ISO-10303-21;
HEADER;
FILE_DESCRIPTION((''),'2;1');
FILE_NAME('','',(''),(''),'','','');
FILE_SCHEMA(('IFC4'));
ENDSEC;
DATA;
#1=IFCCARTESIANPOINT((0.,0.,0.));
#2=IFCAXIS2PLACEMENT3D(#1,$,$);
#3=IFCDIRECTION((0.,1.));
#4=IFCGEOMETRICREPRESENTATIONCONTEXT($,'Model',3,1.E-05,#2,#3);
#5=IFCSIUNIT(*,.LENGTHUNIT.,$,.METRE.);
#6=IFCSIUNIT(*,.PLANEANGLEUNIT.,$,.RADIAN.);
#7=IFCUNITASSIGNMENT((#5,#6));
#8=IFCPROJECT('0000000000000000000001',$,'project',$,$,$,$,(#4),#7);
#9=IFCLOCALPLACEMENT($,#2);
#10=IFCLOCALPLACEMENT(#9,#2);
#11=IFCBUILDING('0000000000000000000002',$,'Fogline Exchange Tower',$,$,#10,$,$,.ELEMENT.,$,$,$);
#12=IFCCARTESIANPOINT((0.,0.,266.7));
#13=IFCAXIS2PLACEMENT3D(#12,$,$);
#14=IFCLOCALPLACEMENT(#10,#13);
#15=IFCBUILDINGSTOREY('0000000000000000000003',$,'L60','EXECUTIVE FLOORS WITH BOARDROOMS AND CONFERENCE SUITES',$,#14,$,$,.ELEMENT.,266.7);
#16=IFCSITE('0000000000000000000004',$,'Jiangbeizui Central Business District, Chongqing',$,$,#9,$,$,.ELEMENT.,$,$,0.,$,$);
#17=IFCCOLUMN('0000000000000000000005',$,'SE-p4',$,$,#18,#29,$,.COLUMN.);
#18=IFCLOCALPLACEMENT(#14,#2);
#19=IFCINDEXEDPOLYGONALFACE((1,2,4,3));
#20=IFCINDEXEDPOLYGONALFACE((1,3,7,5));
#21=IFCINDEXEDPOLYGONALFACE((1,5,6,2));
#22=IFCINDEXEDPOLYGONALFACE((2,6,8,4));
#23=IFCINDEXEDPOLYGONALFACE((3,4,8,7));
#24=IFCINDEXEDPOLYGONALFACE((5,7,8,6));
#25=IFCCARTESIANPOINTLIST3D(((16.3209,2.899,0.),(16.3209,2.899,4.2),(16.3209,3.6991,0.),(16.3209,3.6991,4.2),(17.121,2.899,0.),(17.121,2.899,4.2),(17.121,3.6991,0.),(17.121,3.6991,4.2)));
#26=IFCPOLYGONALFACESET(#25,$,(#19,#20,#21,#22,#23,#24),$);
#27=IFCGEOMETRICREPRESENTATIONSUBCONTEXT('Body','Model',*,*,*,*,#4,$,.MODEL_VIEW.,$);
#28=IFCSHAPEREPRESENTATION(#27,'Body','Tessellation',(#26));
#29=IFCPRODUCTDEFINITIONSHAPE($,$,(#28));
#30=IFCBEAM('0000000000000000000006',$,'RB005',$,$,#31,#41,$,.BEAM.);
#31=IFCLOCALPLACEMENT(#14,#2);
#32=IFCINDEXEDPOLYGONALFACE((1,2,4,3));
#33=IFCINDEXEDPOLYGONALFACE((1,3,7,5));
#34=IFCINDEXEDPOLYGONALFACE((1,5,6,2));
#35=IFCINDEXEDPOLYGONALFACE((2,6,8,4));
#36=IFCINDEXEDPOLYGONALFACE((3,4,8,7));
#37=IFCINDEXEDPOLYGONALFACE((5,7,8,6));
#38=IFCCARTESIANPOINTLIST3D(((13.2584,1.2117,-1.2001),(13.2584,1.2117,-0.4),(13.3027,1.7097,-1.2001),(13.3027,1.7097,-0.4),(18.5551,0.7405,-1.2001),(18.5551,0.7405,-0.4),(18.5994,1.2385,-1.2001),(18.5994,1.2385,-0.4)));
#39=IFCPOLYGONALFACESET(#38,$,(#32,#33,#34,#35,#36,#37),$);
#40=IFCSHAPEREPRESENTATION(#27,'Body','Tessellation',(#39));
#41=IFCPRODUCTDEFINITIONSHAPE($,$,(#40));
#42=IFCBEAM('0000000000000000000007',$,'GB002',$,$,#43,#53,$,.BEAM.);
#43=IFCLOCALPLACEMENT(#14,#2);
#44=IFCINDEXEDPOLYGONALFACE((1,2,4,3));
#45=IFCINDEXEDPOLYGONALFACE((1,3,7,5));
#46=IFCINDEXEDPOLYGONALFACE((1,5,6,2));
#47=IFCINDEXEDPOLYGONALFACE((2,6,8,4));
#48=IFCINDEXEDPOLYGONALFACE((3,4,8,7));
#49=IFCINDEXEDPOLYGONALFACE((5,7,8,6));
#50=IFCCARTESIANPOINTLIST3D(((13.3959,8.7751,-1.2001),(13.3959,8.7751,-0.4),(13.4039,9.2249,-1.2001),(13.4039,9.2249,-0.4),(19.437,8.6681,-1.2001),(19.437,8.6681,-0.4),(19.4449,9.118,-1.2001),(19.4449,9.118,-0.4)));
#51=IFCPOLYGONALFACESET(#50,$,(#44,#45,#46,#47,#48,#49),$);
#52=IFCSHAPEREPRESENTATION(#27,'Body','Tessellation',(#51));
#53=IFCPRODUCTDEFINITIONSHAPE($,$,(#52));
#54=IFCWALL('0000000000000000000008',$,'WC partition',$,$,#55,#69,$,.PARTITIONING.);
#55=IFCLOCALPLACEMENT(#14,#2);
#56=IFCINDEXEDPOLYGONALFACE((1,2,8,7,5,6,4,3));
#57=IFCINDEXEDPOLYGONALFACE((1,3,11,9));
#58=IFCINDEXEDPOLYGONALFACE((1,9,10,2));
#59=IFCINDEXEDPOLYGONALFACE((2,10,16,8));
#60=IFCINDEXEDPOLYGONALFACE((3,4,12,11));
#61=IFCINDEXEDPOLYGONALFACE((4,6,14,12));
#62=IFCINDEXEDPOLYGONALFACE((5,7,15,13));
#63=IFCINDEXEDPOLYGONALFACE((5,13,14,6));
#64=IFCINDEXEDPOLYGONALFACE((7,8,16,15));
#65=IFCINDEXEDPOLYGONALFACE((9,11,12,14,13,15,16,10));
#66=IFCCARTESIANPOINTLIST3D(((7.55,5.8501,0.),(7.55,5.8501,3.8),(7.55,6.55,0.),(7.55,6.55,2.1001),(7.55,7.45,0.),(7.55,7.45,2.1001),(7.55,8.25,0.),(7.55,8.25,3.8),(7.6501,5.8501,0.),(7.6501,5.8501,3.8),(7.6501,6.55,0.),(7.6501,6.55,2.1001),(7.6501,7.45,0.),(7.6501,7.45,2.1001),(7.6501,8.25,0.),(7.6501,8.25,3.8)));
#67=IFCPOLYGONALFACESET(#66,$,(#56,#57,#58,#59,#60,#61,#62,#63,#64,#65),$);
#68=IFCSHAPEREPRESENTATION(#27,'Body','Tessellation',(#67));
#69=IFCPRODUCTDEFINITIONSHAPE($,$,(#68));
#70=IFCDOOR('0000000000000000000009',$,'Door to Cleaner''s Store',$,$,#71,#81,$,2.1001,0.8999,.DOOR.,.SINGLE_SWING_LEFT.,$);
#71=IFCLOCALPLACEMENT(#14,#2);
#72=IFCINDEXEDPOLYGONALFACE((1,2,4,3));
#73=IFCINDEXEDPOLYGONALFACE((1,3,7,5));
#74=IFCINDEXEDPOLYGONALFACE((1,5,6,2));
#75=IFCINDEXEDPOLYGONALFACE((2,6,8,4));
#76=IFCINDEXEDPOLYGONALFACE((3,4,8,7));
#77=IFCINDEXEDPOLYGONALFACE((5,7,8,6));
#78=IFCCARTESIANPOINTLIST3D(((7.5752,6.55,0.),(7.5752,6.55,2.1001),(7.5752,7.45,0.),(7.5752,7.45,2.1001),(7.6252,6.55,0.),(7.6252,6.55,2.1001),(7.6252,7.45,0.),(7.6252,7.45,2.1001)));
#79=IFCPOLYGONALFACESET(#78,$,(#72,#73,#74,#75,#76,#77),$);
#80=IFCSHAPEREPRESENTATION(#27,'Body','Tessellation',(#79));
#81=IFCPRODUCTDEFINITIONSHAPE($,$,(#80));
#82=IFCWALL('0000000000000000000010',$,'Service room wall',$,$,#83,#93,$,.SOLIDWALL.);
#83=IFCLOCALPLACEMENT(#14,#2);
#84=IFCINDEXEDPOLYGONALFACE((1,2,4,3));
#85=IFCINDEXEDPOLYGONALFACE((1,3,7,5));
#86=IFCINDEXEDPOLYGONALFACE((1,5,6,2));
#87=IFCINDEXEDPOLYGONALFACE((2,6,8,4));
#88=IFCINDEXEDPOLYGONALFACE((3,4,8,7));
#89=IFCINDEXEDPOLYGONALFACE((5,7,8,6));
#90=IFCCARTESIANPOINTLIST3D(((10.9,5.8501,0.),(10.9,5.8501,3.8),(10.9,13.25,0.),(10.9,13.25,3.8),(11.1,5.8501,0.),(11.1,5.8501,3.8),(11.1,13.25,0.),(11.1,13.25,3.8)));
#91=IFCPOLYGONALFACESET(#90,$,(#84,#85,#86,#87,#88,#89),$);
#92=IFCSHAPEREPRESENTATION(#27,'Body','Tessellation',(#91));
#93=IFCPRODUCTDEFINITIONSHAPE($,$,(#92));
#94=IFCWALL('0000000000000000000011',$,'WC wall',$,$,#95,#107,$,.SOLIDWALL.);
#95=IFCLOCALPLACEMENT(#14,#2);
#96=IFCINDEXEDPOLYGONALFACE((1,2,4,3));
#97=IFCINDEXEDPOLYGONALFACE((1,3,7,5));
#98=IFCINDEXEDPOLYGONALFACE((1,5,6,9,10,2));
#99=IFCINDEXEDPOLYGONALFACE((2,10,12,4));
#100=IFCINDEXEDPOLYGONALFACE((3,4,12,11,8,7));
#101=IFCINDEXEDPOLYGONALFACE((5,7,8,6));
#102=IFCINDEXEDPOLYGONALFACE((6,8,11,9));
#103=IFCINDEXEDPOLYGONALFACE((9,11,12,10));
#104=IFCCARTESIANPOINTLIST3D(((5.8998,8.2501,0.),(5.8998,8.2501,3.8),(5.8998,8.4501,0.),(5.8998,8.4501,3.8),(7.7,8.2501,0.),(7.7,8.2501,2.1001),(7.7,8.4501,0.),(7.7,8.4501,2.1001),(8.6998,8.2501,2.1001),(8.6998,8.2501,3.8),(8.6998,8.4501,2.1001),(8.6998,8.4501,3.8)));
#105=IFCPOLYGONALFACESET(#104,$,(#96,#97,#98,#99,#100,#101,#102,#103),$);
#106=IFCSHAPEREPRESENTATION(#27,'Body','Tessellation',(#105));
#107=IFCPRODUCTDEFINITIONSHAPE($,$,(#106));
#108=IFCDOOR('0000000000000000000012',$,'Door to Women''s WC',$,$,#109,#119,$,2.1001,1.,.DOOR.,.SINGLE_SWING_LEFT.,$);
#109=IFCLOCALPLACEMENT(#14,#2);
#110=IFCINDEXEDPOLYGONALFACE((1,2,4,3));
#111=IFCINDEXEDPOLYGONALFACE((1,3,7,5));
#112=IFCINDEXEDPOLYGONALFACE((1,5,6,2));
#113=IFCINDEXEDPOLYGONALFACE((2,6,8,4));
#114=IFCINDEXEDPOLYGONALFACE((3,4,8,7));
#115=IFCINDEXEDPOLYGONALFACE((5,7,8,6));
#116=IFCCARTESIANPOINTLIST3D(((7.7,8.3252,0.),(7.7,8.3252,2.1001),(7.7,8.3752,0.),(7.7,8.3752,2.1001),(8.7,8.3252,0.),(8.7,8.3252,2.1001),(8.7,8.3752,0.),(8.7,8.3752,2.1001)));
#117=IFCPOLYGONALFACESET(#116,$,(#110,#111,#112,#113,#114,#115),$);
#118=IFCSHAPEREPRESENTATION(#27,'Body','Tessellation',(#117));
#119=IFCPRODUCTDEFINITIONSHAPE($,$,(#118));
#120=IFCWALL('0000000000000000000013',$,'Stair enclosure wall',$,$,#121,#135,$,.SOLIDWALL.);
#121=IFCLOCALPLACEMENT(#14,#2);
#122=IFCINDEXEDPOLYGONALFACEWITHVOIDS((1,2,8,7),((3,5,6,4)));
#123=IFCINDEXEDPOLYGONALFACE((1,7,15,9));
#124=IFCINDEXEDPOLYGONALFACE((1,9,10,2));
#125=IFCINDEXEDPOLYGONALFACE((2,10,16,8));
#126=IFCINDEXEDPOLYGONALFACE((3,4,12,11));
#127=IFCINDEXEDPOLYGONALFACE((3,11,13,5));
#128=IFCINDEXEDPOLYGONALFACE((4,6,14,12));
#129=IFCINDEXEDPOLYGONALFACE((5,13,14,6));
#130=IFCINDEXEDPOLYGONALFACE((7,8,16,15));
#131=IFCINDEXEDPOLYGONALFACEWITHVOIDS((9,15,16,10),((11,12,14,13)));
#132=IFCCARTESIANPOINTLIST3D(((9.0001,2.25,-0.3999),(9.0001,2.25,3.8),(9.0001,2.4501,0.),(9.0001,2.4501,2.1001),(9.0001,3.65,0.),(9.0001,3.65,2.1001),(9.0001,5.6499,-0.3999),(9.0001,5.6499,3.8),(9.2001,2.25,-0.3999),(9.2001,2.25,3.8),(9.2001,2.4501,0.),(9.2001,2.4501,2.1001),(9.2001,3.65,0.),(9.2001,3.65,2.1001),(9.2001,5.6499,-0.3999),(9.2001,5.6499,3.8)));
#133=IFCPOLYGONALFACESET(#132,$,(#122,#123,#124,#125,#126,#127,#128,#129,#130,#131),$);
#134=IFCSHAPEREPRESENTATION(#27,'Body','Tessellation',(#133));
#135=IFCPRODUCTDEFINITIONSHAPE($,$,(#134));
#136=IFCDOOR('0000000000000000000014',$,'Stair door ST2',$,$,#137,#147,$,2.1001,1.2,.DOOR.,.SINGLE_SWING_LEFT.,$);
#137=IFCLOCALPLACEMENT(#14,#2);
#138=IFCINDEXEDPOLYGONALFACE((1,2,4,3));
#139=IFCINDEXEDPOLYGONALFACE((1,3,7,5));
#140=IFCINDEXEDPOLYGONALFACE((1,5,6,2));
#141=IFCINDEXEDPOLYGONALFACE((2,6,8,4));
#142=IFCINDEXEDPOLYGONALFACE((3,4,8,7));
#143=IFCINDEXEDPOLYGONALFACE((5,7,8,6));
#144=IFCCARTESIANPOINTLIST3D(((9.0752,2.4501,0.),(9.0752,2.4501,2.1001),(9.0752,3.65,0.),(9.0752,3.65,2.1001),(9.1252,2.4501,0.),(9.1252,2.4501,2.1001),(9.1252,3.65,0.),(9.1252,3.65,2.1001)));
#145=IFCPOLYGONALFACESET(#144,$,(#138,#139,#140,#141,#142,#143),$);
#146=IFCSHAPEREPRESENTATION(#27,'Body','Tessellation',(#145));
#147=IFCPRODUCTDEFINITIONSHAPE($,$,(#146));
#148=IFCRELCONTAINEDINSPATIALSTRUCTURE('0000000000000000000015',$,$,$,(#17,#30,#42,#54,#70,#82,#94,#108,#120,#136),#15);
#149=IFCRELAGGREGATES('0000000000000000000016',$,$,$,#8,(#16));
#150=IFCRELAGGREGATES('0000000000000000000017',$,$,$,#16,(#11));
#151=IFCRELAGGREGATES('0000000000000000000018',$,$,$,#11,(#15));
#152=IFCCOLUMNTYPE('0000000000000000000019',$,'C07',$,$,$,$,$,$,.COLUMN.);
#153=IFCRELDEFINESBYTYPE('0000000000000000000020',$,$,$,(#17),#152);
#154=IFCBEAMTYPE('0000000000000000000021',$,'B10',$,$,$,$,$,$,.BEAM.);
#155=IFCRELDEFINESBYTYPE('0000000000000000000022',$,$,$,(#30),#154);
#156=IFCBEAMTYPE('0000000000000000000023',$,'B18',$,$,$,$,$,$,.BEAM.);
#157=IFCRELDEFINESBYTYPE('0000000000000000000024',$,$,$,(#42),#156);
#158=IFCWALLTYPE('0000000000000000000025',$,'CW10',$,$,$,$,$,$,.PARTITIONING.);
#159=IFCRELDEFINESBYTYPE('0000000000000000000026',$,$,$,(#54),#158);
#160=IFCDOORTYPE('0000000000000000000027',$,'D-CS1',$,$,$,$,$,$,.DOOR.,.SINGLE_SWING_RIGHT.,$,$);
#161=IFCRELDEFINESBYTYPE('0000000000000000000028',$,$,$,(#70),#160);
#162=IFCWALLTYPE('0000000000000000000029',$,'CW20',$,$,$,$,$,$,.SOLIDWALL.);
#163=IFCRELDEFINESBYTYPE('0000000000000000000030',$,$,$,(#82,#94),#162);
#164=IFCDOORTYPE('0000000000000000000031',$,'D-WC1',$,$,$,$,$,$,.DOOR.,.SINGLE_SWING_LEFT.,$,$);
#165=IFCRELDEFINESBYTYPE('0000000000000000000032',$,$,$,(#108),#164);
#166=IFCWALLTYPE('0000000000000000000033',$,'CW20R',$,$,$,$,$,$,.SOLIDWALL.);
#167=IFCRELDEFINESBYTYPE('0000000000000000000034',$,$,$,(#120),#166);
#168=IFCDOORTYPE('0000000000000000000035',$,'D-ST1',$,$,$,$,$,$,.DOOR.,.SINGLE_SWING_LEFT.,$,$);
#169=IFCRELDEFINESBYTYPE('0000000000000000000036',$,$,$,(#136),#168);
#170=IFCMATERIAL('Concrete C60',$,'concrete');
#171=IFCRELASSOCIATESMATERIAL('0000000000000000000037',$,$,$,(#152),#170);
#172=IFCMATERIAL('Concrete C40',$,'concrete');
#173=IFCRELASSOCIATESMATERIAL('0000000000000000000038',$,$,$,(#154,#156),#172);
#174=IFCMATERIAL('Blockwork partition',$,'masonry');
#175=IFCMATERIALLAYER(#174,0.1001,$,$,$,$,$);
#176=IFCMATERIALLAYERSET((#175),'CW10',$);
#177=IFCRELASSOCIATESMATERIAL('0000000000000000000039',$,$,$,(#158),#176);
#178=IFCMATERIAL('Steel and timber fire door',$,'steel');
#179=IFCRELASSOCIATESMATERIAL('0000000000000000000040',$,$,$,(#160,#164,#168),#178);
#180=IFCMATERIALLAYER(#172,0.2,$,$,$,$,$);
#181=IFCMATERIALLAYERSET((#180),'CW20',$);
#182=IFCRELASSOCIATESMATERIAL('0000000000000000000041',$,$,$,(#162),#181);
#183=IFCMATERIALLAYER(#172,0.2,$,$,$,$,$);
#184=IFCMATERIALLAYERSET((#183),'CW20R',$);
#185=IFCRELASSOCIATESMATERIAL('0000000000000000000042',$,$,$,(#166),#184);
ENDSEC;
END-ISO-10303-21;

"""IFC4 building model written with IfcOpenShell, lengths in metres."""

from ifc_helpers import new_model, si_unit, direction, frame, frame_2d, origin, origin_2d, place, context, subcontext, project, spatial, rectangle, extrude, material, layer, layer_set, material_profile, profile_set, type_object, element, fill, save


model = new_model("IFC4")

# Units and contexts
model_context = context("Model", 3, precision=1e-05, world=origin(), true_north=direction((0.0, 1.0)))
body_context = subcontext(model_context, "Body", "Model", "MODEL_VIEW")
ifc_project = project(units=[si_unit("LENGTHUNIT", "METRE"), si_unit("PLANEANGLEUNIT", "RADIAN")], contexts=[model_context])

# Site, building, storey
site_placement = place(None, origin())
site = spatial("IfcSite", under=ifc_project, at=site_placement, Name="Jiangbeizui Central Business District, Chongqing", CompositionType="ELEMENT", RefElevation=0.0)
building_placement = place(site_placement, origin())
building = spatial("IfcBuilding", under=site, at=building_placement, Name="Fogline Exchange Tower", CompositionType="ELEMENT")
storey_placement = place(building_placement, frame((0.0, 0.0, 266.7)))
storey = spatial("IfcBuildingStorey", under=building, at=storey_placement, Name="L60", Description="EXECUTIVE FLOORS WITH BOARDROOMS AND CONFERENCE SUITES", CompositionType="ELEMENT", Elevation=266.7)

# Column
ifc_material_1 = material(Name="Concrete C60", Category="concrete")
ifc_material_profile_1 = material_profile(ifc_material_1, rectangle(XDim=0.8, YDim=0.8, at=origin_2d()), Name="RC 800x800")
ifc_profile_set_1 = profile_set([ifc_material_profile_1], Name="Concrete C60")
column_type = type_object("IfcColumnType", Name="C07", PredefinedType="COLUMN", material=ifc_profile_set_1)
column_placement = place(storey_placement, frame((16.7209, 3.2991, 0.0), z_axis=(0.0, 0.0, 1.0), x_axis=(1.0, 0.0, 0.0)))
element("IfcColumn", 1, at=column_placement, inside=storey, type_object=column_type, Name="SE-p4", PredefinedType="COLUMN", context=body_context, shape_type="SweptSolid", body=[
    extrude(rectangle(XDim=0.8, YDim=0.8, at=origin_2d()), origin(), (0.0, 0.0, 1.0), 4.2),
])

# Beams
ifc_material_2 = material(Name="Concrete C40", Category="concrete")
ifc_material_profile_2 = material_profile(ifc_material_2, rectangle(XDim=0.5, YDim=0.8, at=origin_2d()), Name="RC 500x800")
ifc_profile_set_2 = profile_set([ifc_material_profile_2], Name="Concrete C40")
beam_type_1 = type_object("IfcBeamType", Name="B10", PredefinedType="BEAM", material=ifc_profile_set_2)
beam_1_placement = place(storey_placement, frame((13.2805, 1.4607, -0.8), z_axis=(0.996066, -0.088611, 0.0), x_axis=(0.088611, 0.996066, 0.0)))
element("IfcBeam", 2, at=beam_1_placement, inside=storey, type_object=beam_type_1, Name="RB005", PredefinedType="BEAM", context=body_context, shape_type="SweptSolid", body=[
    extrude(rectangle(XDim=0.5, YDim=0.8, at=origin_2d()), origin(), (0.0, 0.0, 1.0), 5.3176),
])
ifc_material_profile_3 = material_profile(ifc_material_2, rectangle(XDim=0.45, YDim=0.8, at=origin_2d()), Name="RC 450x800")
ifc_profile_set_3 = profile_set([ifc_material_profile_3], Name="Concrete C40")
beam_type_2 = type_object("IfcBeamType", Name="B18", PredefinedType="BEAM", material=ifc_profile_set_3)
beam_2_placement = place(storey_placement, frame((13.3999, 9.0, -0.8), z_axis=(0.999843, -0.017698, 0.0), x_axis=(0.017698, 0.999843, 0.0)))
element("IfcBeam", 3, at=beam_2_placement, inside=storey, type_object=beam_type_2, Name="GB002", PredefinedType="BEAM", context=body_context, shape_type="SweptSolid", body=[
    extrude(rectangle(XDim=0.45, YDim=0.8, at=origin_2d()), origin(), (0.0, 0.0, 1.0), 6.042),
])

# Wall, opening, door
ifc_material_3 = material(Name="Blockwork partition", Category="masonry")
ifc_layer_1 = layer(ifc_material_3, 0.1001)
ifc_layer_set_1 = layer_set([ifc_layer_1], Name="CW10")
wall_type_1 = type_object("IfcWallType", Name="CW10", PredefinedType="PARTITIONING", material=ifc_layer_set_1)
wall_1_placement = place(storey_placement, frame((7.6001, 5.8501, 0.0), z_axis=(0.0, 0.0, 1.0), x_axis=(0.0, 1.0, 0.0)))
wall_1 = element("IfcWall", 4, at=wall_1_placement, inside=storey, type_object=wall_type_1, Name="WC partition", PredefinedType="PARTITIONING", context=body_context, shape_type="SweptSolid", body=[
    extrude(rectangle(XDim=2.3999, YDim=0.1001, at=frame_2d((1.2, 0.0))), origin(), (0.0, 0.0, 1.0), 3.8),
])
opening_1_placement = place(wall_1_placement, frame((0.7, 0.0, 0.0)))
opening_1 = element("IfcOpeningElement", 5, at=opening_1_placement, cuts=wall_1, PredefinedType="OPENING", context=body_context, shape_type="SweptSolid", body=[
    extrude(rectangle(XDim=0.8999, YDim=2.1001, at=frame_2d((0.45, 1.05))), frame((0.0, 0.0601, 0.0), z_axis=(0.0, -1.0, 0.0), x_axis=(1.0, 0.0, 0.0)), (0.0, 0.0, 1.0), 0.1201),
])
ifc_material_4 = material(Name="Steel and timber fire door", Category="steel")
door_type_1 = type_object("IfcDoorType", Name="D-CS1", OperationType="SINGLE_SWING_RIGHT", PredefinedType="DOOR", material=ifc_material_4)
door_1_placement = place(opening_1_placement, origin())
door_1 = element("IfcDoor", 6, at=door_1_placement, inside=storey, type_object=door_type_1, Name="Door to Cleaner's Store", OperationType="SINGLE_SWING_LEFT", OverallHeight=2.1001, OverallWidth=0.8999, PredefinedType="DOOR", context=body_context, shape_type="SweptSolid", body=[
    extrude(rectangle(XDim=0.8999, YDim=2.1001, at=frame_2d((0.45, 1.05))), frame((0.0, 0.0249, 0.0), z_axis=(0.0, -1.0, 0.0), x_axis=(1.0, 0.0, 0.0)), (0.0, 0.0, 1.0), 0.05),
])
fill(opening_1, door_1)

# Wall
ifc_layer_2 = layer(ifc_material_2, 0.2)
ifc_layer_set_2 = layer_set([ifc_layer_2], Name="CW20")
wall_type_2 = type_object("IfcWallType", Name="CW20", PredefinedType="SOLIDWALL", material=ifc_layer_set_2)
wall_2_placement = place(storey_placement, frame((11.0, 5.8501, 0.0), z_axis=(0.0, 0.0, 1.0), x_axis=(0.0, 1.0, 0.0)))
element("IfcWall", 7, at=wall_2_placement, inside=storey, type_object=wall_type_2, Name="Service room wall", PredefinedType="SOLIDWALL", context=body_context, shape_type="SweptSolid", body=[
    extrude(rectangle(XDim=7.3999, YDim=0.2, at=frame_2d((3.7, 0.0))), origin(), (0.0, 0.0, 1.0), 3.8),
])

# Walls, openings, doors
wall_3_placement = place(storey_placement, frame((5.8999, 8.3501, 0.0), z_axis=(0.0, 0.0, 1.0), x_axis=(1.0, 0.0, 0.0)))
wall_3 = element("IfcWall", 8, at=wall_3_placement, inside=storey, type_object=wall_type_2, Name="WC wall", PredefinedType="SOLIDWALL", context=body_context, shape_type="SweptSolid", body=[
    extrude(rectangle(XDim=2.8, YDim=0.2, at=frame_2d((1.3999, 0.0))), origin(), (0.0, 0.0, 1.0), 3.8),
])
opening_2_placement = place(wall_3_placement, frame((1.8, 0.0, 0.0)))
opening_2 = element("IfcOpeningElement", 9, at=opening_2_placement, cuts=wall_3, PredefinedType="OPENING", context=body_context, shape_type="SweptSolid", body=[
    extrude(rectangle(XDim=1.0, YDim=2.1001, at=frame_2d((0.5, 1.05))), frame((0.0, 0.1099, 0.0), z_axis=(0.0, -1.0, 0.0), x_axis=(1.0, 0.0, 0.0)), (0.0, 0.0, 1.0), 0.22),
])
door_type_2 = type_object("IfcDoorType", Name="D-WC1", OperationType="SINGLE_SWING_LEFT", PredefinedType="DOOR", material=ifc_material_4)
door_2_placement = place(opening_2_placement, frame((1.0, 0.0, 0.0), z_axis=(0.0, 0.0, 1.0), x_axis=(-1.0, 0.0, 0.0)))
door_2 = element("IfcDoor", 10, at=door_2_placement, inside=storey, type_object=door_type_2, Name="Door to Women's WC", OperationType="SINGLE_SWING_LEFT", OverallHeight=2.1001, OverallWidth=1.0, PredefinedType="DOOR", context=body_context, shape_type="SweptSolid", body=[
    extrude(rectangle(XDim=1.0, YDim=2.1001, at=frame_2d((0.5, 1.05))), frame((0.0, 0.0249, 0.0), z_axis=(0.0, -1.0, 0.0), x_axis=(1.0, 0.0, 0.0)), (0.0, 0.0, 1.0), 0.05),
])
fill(opening_2, door_2)
ifc_layer_3 = layer(ifc_material_2, 0.2)
ifc_layer_set_3 = layer_set([ifc_layer_3], Name="CW20R")
wall_type_3 = type_object("IfcWallType", Name="CW20R", PredefinedType="SOLIDWALL", material=ifc_layer_set_3)
wall_4_placement = place(storey_placement, frame((9.1001, 2.25, -0.3999), z_axis=(0.0, 0.0, 1.0), x_axis=(0.0, 1.0, 0.0)))
wall_4 = element("IfcWall", 11, at=wall_4_placement, inside=storey, type_object=wall_type_3, Name="Stair enclosure wall", PredefinedType="SOLIDWALL", context=body_context, shape_type="SweptSolid", body=[
    extrude(rectangle(XDim=3.3999, YDim=0.2, at=frame_2d((1.7, 0.0))), origin(), (0.0, 0.0, 1.0), 4.2),
])
opening_3_placement = place(wall_4_placement, frame((0.2, 0.0, 0.3999)))
opening_3 = element("IfcOpeningElement", 12, at=opening_3_placement, cuts=wall_4, PredefinedType="OPENING", context=body_context, shape_type="SweptSolid", body=[
    extrude(rectangle(XDim=1.2, YDim=2.1001, at=frame_2d((0.6001, 1.05))), frame((0.0, 0.1099, 0.0), z_axis=(0.0, -1.0, 0.0), x_axis=(1.0, 0.0, 0.0)), (0.0, 0.0, 1.0), 0.22),
])
door_type_3 = type_object("IfcDoorType", Name="D-ST1", OperationType="SINGLE_SWING_LEFT", PredefinedType="DOOR", material=ifc_material_4)
door_3_placement = place(opening_3_placement, origin())
door_3 = element("IfcDoor", 13, at=door_3_placement, inside=storey, type_object=door_type_3, Name="Stair door ST2", OperationType="SINGLE_SWING_LEFT", OverallHeight=2.1001, OverallWidth=1.2, PredefinedType="DOOR", context=body_context, shape_type="SweptSolid", body=[
    extrude(rectangle(XDim=1.2, YDim=2.1001, at=frame_2d((0.6001, 1.05))), frame((0.0, 0.0249, 0.0), z_axis=(0.0, -1.0, 0.0), x_axis=(1.0, 0.0, 0.0)), (0.0, 0.0, 1.0), 0.05),
])
fill(opening_3, door_3)

save(model, "model.ifc")
